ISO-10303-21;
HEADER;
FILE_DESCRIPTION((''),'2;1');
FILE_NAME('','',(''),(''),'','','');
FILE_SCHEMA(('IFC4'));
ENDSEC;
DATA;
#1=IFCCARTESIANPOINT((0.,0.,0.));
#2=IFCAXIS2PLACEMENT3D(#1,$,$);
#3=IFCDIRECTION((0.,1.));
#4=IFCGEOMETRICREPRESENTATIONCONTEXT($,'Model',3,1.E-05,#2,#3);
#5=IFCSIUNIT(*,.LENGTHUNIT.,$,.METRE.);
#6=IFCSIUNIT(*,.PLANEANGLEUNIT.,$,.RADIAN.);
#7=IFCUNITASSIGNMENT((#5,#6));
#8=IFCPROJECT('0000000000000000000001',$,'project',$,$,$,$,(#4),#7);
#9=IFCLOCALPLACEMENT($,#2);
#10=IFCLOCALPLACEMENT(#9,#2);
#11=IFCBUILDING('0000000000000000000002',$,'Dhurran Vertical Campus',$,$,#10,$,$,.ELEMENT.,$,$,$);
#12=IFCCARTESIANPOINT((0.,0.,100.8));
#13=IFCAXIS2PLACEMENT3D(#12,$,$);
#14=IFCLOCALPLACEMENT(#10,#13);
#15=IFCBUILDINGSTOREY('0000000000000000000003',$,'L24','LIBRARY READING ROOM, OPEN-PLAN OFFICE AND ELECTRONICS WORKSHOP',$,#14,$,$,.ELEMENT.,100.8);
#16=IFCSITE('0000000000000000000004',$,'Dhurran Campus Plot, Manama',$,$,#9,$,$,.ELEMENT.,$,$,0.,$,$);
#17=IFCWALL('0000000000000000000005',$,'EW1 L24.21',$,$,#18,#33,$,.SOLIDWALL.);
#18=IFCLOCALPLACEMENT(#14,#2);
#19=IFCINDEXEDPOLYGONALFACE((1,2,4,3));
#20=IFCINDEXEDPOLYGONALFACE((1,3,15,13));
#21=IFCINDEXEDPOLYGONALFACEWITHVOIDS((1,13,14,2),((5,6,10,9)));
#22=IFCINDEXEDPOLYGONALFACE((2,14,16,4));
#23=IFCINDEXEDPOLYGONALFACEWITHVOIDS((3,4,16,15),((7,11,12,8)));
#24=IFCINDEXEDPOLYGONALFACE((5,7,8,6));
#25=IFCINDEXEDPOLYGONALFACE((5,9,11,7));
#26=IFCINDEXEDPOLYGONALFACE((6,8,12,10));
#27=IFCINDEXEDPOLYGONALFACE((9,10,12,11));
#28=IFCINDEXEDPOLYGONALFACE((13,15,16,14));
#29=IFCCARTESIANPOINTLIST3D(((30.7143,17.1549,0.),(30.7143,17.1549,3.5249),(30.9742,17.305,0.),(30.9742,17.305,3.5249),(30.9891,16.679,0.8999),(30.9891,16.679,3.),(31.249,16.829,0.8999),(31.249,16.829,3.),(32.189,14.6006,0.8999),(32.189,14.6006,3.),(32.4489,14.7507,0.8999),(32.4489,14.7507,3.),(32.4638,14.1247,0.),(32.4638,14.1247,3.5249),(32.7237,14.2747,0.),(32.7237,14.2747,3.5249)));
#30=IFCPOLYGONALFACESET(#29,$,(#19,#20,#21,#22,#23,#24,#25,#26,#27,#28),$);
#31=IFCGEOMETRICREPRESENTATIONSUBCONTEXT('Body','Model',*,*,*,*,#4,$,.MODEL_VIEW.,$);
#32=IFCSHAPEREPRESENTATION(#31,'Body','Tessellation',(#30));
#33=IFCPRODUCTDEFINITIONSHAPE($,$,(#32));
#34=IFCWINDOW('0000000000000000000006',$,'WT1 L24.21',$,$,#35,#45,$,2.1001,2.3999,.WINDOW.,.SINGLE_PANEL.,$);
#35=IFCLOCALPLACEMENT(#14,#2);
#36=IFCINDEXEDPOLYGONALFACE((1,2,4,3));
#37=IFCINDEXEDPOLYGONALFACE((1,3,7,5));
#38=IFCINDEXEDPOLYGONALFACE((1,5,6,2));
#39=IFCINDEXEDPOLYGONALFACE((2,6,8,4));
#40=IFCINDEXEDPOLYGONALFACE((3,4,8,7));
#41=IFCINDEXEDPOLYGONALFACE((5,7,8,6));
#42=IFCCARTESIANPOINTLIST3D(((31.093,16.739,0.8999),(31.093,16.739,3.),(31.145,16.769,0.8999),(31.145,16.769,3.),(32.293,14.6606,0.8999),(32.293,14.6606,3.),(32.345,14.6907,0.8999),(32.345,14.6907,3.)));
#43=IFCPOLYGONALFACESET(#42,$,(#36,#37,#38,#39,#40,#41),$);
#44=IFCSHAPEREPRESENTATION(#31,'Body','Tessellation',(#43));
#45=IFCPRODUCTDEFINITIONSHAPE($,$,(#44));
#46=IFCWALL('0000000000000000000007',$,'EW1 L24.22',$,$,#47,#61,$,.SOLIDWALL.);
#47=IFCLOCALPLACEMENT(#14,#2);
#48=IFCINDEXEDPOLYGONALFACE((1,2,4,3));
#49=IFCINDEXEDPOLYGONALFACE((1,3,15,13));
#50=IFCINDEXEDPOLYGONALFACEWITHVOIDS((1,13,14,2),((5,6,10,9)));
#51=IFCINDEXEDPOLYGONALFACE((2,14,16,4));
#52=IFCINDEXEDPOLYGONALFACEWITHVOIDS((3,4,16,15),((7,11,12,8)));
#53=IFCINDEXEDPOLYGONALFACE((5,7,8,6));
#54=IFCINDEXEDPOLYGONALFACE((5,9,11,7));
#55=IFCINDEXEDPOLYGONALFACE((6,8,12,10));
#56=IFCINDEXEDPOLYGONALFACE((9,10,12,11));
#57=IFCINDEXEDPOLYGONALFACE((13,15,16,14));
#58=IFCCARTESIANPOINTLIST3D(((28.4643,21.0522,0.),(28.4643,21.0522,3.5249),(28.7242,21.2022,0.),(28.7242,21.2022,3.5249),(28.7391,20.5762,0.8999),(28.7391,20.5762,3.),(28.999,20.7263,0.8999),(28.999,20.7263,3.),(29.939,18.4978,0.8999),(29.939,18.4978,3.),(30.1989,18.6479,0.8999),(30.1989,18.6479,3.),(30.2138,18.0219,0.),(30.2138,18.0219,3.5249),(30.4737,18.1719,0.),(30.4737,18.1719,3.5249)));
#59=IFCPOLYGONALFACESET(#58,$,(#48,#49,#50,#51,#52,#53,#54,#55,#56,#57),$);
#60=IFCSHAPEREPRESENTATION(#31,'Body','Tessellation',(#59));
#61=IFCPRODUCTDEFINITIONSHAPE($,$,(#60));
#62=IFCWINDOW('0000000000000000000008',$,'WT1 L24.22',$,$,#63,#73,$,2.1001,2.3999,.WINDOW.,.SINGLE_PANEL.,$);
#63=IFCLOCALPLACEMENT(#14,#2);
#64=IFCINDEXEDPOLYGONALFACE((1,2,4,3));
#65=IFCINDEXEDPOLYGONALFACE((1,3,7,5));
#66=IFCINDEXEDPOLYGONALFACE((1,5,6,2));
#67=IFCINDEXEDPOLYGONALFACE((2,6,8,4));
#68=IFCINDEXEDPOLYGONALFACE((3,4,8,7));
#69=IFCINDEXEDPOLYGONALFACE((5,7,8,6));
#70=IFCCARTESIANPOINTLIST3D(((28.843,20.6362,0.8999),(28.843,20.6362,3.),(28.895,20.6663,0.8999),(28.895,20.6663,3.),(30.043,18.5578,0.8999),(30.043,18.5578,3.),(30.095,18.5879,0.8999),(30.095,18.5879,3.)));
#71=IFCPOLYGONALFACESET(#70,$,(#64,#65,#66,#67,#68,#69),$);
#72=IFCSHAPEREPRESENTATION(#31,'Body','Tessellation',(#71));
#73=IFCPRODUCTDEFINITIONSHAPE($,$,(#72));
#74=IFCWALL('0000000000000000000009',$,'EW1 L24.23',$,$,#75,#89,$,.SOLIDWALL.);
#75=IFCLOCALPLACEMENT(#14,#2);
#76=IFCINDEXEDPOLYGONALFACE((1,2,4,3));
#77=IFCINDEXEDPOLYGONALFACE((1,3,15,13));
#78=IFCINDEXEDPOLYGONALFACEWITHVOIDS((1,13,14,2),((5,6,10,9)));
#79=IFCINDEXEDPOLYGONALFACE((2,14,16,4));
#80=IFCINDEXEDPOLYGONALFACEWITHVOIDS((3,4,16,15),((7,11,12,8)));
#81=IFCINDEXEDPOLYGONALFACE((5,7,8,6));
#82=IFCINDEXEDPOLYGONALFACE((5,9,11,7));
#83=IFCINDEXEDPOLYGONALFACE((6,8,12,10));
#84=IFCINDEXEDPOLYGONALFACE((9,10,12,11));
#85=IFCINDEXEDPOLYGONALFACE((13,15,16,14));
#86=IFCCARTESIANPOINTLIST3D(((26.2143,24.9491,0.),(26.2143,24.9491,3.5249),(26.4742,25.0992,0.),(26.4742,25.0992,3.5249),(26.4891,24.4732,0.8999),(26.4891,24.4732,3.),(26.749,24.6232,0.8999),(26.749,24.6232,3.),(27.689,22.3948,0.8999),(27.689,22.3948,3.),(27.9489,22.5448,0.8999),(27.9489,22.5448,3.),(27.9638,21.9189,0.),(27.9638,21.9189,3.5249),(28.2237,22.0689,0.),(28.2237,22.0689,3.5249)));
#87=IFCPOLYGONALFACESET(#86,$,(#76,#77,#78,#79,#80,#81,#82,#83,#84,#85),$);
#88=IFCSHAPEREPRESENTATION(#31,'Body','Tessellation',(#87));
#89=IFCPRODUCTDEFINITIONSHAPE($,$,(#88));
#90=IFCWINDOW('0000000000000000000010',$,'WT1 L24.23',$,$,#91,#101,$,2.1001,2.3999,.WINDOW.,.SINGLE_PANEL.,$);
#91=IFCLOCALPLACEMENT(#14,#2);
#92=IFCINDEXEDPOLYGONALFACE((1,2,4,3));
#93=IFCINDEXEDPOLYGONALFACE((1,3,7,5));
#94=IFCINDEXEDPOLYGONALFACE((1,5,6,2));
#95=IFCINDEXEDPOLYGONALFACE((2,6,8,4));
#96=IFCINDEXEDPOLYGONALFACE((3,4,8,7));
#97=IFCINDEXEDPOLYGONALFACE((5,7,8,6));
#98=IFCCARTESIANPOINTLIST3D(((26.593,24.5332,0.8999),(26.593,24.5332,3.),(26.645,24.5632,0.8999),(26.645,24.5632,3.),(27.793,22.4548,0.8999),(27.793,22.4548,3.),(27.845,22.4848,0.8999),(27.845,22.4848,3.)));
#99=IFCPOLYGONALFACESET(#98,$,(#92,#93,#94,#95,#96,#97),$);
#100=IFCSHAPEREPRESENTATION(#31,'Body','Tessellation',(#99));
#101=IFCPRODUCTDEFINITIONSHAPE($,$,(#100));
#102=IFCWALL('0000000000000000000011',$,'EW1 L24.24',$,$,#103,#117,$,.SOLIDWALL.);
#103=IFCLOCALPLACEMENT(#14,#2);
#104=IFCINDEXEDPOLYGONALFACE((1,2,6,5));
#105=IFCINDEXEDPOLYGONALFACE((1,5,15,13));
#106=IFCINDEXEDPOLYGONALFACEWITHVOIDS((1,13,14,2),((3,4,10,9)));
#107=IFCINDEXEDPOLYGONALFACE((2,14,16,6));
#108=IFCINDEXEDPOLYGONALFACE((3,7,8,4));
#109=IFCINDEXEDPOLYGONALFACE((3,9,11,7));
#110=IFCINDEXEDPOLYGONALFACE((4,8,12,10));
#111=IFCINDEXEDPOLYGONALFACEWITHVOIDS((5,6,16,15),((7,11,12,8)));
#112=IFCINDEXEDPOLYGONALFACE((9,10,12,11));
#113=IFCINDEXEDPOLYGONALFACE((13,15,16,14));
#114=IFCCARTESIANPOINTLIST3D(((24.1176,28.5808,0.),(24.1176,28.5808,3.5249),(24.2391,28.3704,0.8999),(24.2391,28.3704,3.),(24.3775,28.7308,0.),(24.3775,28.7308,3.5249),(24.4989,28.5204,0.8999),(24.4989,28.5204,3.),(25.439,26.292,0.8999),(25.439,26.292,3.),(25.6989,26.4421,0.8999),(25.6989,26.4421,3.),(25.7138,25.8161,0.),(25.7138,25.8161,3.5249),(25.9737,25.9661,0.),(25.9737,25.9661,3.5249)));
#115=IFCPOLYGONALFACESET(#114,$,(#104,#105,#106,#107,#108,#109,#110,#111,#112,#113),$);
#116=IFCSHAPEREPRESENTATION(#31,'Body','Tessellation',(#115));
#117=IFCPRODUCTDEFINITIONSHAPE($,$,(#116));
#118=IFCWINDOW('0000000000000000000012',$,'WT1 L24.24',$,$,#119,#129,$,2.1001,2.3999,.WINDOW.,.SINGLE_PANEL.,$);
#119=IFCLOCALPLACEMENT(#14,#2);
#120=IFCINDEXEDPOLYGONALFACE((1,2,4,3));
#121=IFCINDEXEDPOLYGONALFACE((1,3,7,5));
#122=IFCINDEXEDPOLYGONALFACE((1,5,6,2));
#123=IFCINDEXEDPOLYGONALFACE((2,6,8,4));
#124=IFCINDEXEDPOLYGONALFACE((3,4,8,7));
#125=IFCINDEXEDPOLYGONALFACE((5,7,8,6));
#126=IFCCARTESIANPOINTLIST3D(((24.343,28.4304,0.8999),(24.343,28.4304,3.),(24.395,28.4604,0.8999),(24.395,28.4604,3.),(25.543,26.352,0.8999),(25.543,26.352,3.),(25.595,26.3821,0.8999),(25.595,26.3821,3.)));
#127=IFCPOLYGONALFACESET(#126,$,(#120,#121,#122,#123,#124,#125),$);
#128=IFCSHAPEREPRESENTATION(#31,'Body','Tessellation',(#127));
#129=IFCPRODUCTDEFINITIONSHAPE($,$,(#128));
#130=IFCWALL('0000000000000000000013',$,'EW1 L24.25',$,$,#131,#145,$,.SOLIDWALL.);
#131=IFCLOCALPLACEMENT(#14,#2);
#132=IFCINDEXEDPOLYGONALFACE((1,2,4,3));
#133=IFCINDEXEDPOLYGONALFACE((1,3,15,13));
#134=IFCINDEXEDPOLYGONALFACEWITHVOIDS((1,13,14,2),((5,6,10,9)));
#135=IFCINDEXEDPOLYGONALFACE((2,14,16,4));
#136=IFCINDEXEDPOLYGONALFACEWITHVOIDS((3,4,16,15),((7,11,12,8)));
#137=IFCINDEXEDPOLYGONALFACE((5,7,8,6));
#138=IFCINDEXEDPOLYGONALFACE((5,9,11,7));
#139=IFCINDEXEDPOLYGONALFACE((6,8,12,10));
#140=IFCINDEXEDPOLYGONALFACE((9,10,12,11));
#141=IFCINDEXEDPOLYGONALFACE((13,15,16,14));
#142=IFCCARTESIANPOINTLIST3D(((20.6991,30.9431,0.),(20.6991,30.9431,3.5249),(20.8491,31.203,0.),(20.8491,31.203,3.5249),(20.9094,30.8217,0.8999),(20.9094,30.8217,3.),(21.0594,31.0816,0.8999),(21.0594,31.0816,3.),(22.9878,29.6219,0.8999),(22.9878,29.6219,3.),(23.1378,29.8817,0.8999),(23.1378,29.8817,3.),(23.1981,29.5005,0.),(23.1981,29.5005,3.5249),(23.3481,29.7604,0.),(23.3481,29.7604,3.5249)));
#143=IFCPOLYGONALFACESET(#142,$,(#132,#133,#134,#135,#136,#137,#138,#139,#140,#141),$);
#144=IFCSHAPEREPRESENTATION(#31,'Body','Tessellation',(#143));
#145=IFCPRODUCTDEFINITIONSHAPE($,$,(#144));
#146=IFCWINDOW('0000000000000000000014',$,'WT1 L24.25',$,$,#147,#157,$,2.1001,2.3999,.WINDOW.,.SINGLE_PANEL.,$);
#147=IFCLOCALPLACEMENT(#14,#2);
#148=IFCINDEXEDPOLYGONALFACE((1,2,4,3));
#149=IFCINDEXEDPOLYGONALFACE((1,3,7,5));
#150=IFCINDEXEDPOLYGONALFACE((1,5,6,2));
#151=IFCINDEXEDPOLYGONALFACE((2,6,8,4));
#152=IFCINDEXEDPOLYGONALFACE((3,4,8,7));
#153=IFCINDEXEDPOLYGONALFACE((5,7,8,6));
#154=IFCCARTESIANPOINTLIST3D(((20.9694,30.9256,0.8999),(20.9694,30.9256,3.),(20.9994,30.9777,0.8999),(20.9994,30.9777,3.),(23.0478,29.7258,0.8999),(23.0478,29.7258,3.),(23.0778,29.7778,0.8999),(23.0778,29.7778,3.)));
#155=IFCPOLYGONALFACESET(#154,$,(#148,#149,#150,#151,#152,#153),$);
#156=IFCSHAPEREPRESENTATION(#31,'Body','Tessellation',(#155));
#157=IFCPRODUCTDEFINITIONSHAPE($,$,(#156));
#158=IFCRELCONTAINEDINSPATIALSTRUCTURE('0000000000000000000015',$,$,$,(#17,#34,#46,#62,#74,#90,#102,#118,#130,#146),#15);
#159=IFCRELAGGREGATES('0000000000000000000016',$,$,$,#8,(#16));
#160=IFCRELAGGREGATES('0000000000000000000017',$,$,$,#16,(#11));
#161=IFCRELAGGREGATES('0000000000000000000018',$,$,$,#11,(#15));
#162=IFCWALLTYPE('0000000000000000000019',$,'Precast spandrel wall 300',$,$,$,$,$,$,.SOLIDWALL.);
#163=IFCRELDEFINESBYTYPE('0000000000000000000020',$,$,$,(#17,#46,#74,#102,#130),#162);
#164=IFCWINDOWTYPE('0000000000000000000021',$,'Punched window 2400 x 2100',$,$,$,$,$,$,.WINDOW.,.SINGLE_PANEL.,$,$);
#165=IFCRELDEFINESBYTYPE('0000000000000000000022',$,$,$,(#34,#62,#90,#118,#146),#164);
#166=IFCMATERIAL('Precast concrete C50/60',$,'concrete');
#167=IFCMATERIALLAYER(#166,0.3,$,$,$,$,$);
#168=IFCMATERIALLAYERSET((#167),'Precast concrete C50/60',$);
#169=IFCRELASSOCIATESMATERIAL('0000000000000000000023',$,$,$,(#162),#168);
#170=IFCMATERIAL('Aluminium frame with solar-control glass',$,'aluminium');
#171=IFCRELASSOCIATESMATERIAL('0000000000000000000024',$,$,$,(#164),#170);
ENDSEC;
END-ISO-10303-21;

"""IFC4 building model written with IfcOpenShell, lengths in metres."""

from ifc_helpers import new_model, si_unit, direction, frame, frame_2d, origin, place, context, subcontext, project, spatial, rectangle, extrude, material, layer, layer_set, type_object, element, fill, save


model = new_model("IFC4")

# Units and contexts
model_context = context("Model", 3, precision=1e-05, world=origin(), true_north=direction((0.0, 1.0)))
body_context = subcontext(model_context, "Body", "Model", "MODEL_VIEW")
ifc_project = project(units=[si_unit("LENGTHUNIT", "METRE"), si_unit("PLANEANGLEUNIT", "RADIAN")], contexts=[model_context])

# Site, building, storey
site_placement = place(None, origin())
site = spatial("IfcSite", under=ifc_project, at=site_placement, Name="Dhurran Campus Plot, Manama", CompositionType="ELEMENT", RefElevation=0.0)
building_placement = place(site_placement, origin())
building = spatial("IfcBuilding", under=site, at=building_placement, Name="Dhurran Vertical Campus", CompositionType="ELEMENT")
storey_placement = place(building_placement, frame((0.0, 0.0, 100.8)))
storey = spatial("IfcBuildingStorey", under=building, at=storey_placement, Name="L24", Description="LIBRARY READING ROOM, OPEN-PLAN OFFICE AND ELECTRONICS WORKSHOP", CompositionType="ELEMENT", Elevation=100.8)

# Walls, openings, windows
ifc_material_1 = material(Name="Precast concrete C50/60", Category="concrete")
ifc_layer_1 = layer(ifc_material_1, 0.3)
ifc_layer_set_1 = layer_set([ifc_layer_1], Name="Precast concrete C50/60")
wall_type_1 = type_object("IfcWallType", Name="Precast spandrel wall 300", PredefinedType="SOLIDWALL", material=ifc_layer_set_1)
wall_1_placement = place(storey_placement, frame((32.5938, 14.1997, 0.0), z_axis=(0.0, 0.0, 1.0), x_axis=(-0.499996, 0.866028, 0.0)))
wall_1 = element("IfcWall", 1, at=wall_1_placement, inside=storey, type_object=wall_type_1, Name="EW1 L24.21", PredefinedType="SOLIDWALL", context=body_context, shape_type="SweptSolid", body=[
    extrude(rectangle(XDim=3.499, YDim=0.3, at=frame_2d((1.7495, 0.0))), origin(), (0.0, 0.0, 1.0), 3.5249),
])
opening_1_placement = place(wall_1_placement, frame((0.5496, 0.0, 0.8999)))
opening_1 = element("IfcOpeningElement", 2, at=opening_1_placement, cuts=wall_1, PredefinedType="OPENING", context=body_context, shape_type="SweptSolid", body=[
    extrude(rectangle(XDim=2.3999, YDim=2.1001, at=frame_2d((1.2, 1.05))), frame((0.0, 0.1599, 0.0), z_axis=(0.0, -1.0, 0.0), x_axis=(1.0, 0.0, 0.0)), (0.0, 0.0, 1.0), 0.3201),
])
ifc_material_2 = material(Name="Aluminium frame with solar-control glass", Category="aluminium")
window_type = type_object("IfcWindowType", Name="Punched window 2400 x 2100", PartitioningType="SINGLE_PANEL", PredefinedType="WINDOW", material=ifc_material_2)
window_1_placement = place(opening_1_placement, origin())
window_1 = element("IfcWindow", 3, at=window_1_placement, inside=storey, type_object=window_type, Name="WT1 L24.21", OverallHeight=2.1001, OverallWidth=2.3999, PartitioningType="SINGLE_PANEL", PredefinedType="WINDOW", context=body_context, shape_type="SweptSolid", body=[
    extrude(rectangle(XDim=2.3999, YDim=2.1001, at=frame_2d((1.2, 1.05))), frame((0.0, 0.03, 0.0), z_axis=(0.0, -1.0, 0.0), x_axis=(1.0, 0.0, 0.0)), (0.0, 0.0, 1.0), 0.0601),
])
fill(opening_1, window_1)
wall_2_placement = place(storey_placement, frame((30.3438, 18.0969, 0.0), z_axis=(0.0, 0.0, 1.0), x_axis=(-0.499996, 0.866028, 0.0)))
wall_2 = element("IfcWall", 4, at=wall_2_placement, inside=storey, type_object=wall_type_1, Name="EW1 L24.22", PredefinedType="SOLIDWALL", context=body_context, shape_type="SweptSolid", body=[
    extrude(rectangle(XDim=3.499, YDim=0.3, at=frame_2d((1.7495, 0.0))), origin(), (0.0, 0.0, 1.0), 3.5249),
])
opening_2_placement = place(wall_2_placement, frame((0.5496, 0.0, 0.8999)))
opening_2 = element("IfcOpeningElement", 5, at=opening_2_placement, cuts=wall_2, PredefinedType="OPENING", context=body_context, shape_type="SweptSolid", body=[
    extrude(rectangle(XDim=2.3999, YDim=2.1001, at=frame_2d((1.2, 1.05))), frame((0.0, 0.1599, 0.0), z_axis=(0.0, -1.0, 0.0), x_axis=(1.0, 0.0, 0.0)), (0.0, 0.0, 1.0), 0.3201),
])
window_2_placement = place(opening_2_placement, origin())
window_2 = element("IfcWindow", 6, at=window_2_placement, inside=storey, type_object=window_type, Name="WT1 L24.22", OverallHeight=2.1001, OverallWidth=2.3999, PartitioningType="SINGLE_PANEL", PredefinedType="WINDOW", context=body_context, shape_type="SweptSolid", body=[
    extrude(rectangle(XDim=2.3999, YDim=2.1001, at=frame_2d((1.2, 1.05))), frame((0.0, 0.03, 0.0), z_axis=(0.0, -1.0, 0.0), x_axis=(1.0, 0.0, 0.0)), (0.0, 0.0, 1.0), 0.0601),
])
fill(opening_2, window_2)
wall_3_placement = place(storey_placement, frame((28.0938, 21.9939, 0.0), z_axis=(0.0, 0.0, 1.0), x_axis=(-0.499996, 0.866028, 0.0)))
wall_3 = element("IfcWall", 7, at=wall_3_placement, inside=storey, type_object=wall_type_1, Name="EW1 L24.23", PredefinedType="SOLIDWALL", context=body_context, shape_type="SweptSolid", body=[
    extrude(rectangle(XDim=3.499, YDim=0.3, at=frame_2d((1.7495, 0.0))), origin(), (0.0, 0.0, 1.0), 3.5249),
])
opening_3_placement = place(wall_3_placement, frame((0.5496, 0.0, 0.8999)))
opening_3 = element("IfcOpeningElement", 8, at=opening_3_placement, cuts=wall_3, PredefinedType="OPENING", context=body_context, shape_type="SweptSolid", body=[
    extrude(rectangle(XDim=2.3999, YDim=2.1001, at=frame_2d((1.2, 1.05))), frame((0.0, 0.1599, 0.0), z_axis=(0.0, -1.0, 0.0), x_axis=(1.0, 0.0, 0.0)), (0.0, 0.0, 1.0), 0.3201),
])
window_3_placement = place(opening_3_placement, origin())
window_3 = element("IfcWindow", 9, at=window_3_placement, inside=storey, type_object=window_type, Name="WT1 L24.23", OverallHeight=2.1001, OverallWidth=2.3999, PartitioningType="SINGLE_PANEL", PredefinedType="WINDOW", context=body_context, shape_type="SweptSolid", body=[
    extrude(rectangle(XDim=2.3999, YDim=2.1001, at=frame_2d((1.2, 1.05))), frame((0.0, 0.03, 0.0), z_axis=(0.0, -1.0, 0.0), x_axis=(1.0, 0.0, 0.0)), (0.0, 0.0, 1.0), 0.0601),
])
fill(opening_3, window_3)
wall_4_placement = place(storey_placement, frame((25.8438, 25.8911, 0.0), z_axis=(0.0, 0.0, 1.0), x_axis=(-0.500005, 0.866023, 0.0)))
wall_4 = element("IfcWall", 10, at=wall_4_placement, inside=storey, type_object=wall_type_1, Name="EW1 L24.24", PredefinedType="SOLIDWALL", context=body_context, shape_type="SweptSolid", body=[
    extrude(rectangle(XDim=3.1924, YDim=0.3, at=frame_2d((1.5962, 0.0))), origin(), (0.0, 0.0, 1.0), 3.5249),
])
opening_4_placement = place(wall_4_placement, frame((0.5496, 0.0, 0.8999)))
opening_4 = element("IfcOpeningElement", 11, at=opening_4_placement, cuts=wall_4, PredefinedType="OPENING", context=body_context, shape_type="SweptSolid", body=[
    extrude(rectangle(XDim=2.3999, YDim=2.1001, at=frame_2d((1.2, 1.05))), frame((0.0, 0.1599, 0.0), z_axis=(0.0, -1.0, 0.0), x_axis=(1.0, 0.0, 0.0)), (0.0, 0.0, 1.0), 0.3201),
])
window_4_placement = place(opening_4_placement, origin())
window_4 = element("IfcWindow", 12, at=window_4_placement, inside=storey, type_object=window_type, Name="WT1 L24.24", OverallHeight=2.1001, OverallWidth=2.3999, PartitioningType="SINGLE_PANEL", PredefinedType="WINDOW", context=body_context, shape_type="SweptSolid", body=[
    extrude(rectangle(XDim=2.3999, YDim=2.1001, at=frame_2d((1.2, 1.05))), frame((0.0, 0.03, 0.0), z_axis=(0.0, -1.0, 0.0), x_axis=(1.0, 0.0, 0.0)), (0.0, 0.0, 1.0), 0.0601),
])
fill(opening_4, window_4)
wall_5_placement = place(storey_placement, frame((23.2732, 29.6304, 0.0), z_axis=(0.0, 0.0, 1.0), x_axis=(-0.866053, 0.499952, 0.0)))
wall_5 = element("IfcWall", 13, at=wall_5_placement, inside=storey, type_object=wall_type_1, Name="EW1 L24.25", PredefinedType="SOLIDWALL", context=body_context, shape_type="SweptSolid", body=[
    extrude(rectangle(XDim=2.8855, YDim=0.3, at=frame_2d((1.4429, 0.0))), origin(), (0.0, 0.0, 1.0), 3.5249),
])
opening_5_placement = place(wall_5_placement, frame((0.2429, 0.0, 0.8999)))
opening_5 = element("IfcOpeningElement", 14, at=opening_5_placement, cuts=wall_5, PredefinedType="OPENING", context=body_context, shape_type="SweptSolid", body=[
    extrude(rectangle(XDim=2.3999, YDim=2.1001, at=frame_2d((1.2, 1.05))), frame((0.0, 0.1599, 0.0), z_axis=(0.0, -1.0, 0.0), x_axis=(1.0, 0.0, 0.0)), (0.0, 0.0, 1.0), 0.3201),
])
window_5_placement = place(opening_5_placement, origin())
window_5 = element("IfcWindow", 15, at=window_5_placement, inside=storey, type_object=window_type, Name="WT1 L24.25", OverallHeight=2.1001, OverallWidth=2.3999, PartitioningType="SINGLE_PANEL", PredefinedType="WINDOW", context=body_context, shape_type="SweptSolid", body=[
    extrude(rectangle(XDim=2.3999, YDim=2.1001, at=frame_2d((1.2, 1.05))), frame((0.0, 0.03, 0.0), z_axis=(0.0, -1.0, 0.0), x_axis=(1.0, 0.0, 0.0)), (0.0, 0.0, 1.0), 0.0601),
])
fill(opening_5, window_5)

save(model, "model.ifc")
